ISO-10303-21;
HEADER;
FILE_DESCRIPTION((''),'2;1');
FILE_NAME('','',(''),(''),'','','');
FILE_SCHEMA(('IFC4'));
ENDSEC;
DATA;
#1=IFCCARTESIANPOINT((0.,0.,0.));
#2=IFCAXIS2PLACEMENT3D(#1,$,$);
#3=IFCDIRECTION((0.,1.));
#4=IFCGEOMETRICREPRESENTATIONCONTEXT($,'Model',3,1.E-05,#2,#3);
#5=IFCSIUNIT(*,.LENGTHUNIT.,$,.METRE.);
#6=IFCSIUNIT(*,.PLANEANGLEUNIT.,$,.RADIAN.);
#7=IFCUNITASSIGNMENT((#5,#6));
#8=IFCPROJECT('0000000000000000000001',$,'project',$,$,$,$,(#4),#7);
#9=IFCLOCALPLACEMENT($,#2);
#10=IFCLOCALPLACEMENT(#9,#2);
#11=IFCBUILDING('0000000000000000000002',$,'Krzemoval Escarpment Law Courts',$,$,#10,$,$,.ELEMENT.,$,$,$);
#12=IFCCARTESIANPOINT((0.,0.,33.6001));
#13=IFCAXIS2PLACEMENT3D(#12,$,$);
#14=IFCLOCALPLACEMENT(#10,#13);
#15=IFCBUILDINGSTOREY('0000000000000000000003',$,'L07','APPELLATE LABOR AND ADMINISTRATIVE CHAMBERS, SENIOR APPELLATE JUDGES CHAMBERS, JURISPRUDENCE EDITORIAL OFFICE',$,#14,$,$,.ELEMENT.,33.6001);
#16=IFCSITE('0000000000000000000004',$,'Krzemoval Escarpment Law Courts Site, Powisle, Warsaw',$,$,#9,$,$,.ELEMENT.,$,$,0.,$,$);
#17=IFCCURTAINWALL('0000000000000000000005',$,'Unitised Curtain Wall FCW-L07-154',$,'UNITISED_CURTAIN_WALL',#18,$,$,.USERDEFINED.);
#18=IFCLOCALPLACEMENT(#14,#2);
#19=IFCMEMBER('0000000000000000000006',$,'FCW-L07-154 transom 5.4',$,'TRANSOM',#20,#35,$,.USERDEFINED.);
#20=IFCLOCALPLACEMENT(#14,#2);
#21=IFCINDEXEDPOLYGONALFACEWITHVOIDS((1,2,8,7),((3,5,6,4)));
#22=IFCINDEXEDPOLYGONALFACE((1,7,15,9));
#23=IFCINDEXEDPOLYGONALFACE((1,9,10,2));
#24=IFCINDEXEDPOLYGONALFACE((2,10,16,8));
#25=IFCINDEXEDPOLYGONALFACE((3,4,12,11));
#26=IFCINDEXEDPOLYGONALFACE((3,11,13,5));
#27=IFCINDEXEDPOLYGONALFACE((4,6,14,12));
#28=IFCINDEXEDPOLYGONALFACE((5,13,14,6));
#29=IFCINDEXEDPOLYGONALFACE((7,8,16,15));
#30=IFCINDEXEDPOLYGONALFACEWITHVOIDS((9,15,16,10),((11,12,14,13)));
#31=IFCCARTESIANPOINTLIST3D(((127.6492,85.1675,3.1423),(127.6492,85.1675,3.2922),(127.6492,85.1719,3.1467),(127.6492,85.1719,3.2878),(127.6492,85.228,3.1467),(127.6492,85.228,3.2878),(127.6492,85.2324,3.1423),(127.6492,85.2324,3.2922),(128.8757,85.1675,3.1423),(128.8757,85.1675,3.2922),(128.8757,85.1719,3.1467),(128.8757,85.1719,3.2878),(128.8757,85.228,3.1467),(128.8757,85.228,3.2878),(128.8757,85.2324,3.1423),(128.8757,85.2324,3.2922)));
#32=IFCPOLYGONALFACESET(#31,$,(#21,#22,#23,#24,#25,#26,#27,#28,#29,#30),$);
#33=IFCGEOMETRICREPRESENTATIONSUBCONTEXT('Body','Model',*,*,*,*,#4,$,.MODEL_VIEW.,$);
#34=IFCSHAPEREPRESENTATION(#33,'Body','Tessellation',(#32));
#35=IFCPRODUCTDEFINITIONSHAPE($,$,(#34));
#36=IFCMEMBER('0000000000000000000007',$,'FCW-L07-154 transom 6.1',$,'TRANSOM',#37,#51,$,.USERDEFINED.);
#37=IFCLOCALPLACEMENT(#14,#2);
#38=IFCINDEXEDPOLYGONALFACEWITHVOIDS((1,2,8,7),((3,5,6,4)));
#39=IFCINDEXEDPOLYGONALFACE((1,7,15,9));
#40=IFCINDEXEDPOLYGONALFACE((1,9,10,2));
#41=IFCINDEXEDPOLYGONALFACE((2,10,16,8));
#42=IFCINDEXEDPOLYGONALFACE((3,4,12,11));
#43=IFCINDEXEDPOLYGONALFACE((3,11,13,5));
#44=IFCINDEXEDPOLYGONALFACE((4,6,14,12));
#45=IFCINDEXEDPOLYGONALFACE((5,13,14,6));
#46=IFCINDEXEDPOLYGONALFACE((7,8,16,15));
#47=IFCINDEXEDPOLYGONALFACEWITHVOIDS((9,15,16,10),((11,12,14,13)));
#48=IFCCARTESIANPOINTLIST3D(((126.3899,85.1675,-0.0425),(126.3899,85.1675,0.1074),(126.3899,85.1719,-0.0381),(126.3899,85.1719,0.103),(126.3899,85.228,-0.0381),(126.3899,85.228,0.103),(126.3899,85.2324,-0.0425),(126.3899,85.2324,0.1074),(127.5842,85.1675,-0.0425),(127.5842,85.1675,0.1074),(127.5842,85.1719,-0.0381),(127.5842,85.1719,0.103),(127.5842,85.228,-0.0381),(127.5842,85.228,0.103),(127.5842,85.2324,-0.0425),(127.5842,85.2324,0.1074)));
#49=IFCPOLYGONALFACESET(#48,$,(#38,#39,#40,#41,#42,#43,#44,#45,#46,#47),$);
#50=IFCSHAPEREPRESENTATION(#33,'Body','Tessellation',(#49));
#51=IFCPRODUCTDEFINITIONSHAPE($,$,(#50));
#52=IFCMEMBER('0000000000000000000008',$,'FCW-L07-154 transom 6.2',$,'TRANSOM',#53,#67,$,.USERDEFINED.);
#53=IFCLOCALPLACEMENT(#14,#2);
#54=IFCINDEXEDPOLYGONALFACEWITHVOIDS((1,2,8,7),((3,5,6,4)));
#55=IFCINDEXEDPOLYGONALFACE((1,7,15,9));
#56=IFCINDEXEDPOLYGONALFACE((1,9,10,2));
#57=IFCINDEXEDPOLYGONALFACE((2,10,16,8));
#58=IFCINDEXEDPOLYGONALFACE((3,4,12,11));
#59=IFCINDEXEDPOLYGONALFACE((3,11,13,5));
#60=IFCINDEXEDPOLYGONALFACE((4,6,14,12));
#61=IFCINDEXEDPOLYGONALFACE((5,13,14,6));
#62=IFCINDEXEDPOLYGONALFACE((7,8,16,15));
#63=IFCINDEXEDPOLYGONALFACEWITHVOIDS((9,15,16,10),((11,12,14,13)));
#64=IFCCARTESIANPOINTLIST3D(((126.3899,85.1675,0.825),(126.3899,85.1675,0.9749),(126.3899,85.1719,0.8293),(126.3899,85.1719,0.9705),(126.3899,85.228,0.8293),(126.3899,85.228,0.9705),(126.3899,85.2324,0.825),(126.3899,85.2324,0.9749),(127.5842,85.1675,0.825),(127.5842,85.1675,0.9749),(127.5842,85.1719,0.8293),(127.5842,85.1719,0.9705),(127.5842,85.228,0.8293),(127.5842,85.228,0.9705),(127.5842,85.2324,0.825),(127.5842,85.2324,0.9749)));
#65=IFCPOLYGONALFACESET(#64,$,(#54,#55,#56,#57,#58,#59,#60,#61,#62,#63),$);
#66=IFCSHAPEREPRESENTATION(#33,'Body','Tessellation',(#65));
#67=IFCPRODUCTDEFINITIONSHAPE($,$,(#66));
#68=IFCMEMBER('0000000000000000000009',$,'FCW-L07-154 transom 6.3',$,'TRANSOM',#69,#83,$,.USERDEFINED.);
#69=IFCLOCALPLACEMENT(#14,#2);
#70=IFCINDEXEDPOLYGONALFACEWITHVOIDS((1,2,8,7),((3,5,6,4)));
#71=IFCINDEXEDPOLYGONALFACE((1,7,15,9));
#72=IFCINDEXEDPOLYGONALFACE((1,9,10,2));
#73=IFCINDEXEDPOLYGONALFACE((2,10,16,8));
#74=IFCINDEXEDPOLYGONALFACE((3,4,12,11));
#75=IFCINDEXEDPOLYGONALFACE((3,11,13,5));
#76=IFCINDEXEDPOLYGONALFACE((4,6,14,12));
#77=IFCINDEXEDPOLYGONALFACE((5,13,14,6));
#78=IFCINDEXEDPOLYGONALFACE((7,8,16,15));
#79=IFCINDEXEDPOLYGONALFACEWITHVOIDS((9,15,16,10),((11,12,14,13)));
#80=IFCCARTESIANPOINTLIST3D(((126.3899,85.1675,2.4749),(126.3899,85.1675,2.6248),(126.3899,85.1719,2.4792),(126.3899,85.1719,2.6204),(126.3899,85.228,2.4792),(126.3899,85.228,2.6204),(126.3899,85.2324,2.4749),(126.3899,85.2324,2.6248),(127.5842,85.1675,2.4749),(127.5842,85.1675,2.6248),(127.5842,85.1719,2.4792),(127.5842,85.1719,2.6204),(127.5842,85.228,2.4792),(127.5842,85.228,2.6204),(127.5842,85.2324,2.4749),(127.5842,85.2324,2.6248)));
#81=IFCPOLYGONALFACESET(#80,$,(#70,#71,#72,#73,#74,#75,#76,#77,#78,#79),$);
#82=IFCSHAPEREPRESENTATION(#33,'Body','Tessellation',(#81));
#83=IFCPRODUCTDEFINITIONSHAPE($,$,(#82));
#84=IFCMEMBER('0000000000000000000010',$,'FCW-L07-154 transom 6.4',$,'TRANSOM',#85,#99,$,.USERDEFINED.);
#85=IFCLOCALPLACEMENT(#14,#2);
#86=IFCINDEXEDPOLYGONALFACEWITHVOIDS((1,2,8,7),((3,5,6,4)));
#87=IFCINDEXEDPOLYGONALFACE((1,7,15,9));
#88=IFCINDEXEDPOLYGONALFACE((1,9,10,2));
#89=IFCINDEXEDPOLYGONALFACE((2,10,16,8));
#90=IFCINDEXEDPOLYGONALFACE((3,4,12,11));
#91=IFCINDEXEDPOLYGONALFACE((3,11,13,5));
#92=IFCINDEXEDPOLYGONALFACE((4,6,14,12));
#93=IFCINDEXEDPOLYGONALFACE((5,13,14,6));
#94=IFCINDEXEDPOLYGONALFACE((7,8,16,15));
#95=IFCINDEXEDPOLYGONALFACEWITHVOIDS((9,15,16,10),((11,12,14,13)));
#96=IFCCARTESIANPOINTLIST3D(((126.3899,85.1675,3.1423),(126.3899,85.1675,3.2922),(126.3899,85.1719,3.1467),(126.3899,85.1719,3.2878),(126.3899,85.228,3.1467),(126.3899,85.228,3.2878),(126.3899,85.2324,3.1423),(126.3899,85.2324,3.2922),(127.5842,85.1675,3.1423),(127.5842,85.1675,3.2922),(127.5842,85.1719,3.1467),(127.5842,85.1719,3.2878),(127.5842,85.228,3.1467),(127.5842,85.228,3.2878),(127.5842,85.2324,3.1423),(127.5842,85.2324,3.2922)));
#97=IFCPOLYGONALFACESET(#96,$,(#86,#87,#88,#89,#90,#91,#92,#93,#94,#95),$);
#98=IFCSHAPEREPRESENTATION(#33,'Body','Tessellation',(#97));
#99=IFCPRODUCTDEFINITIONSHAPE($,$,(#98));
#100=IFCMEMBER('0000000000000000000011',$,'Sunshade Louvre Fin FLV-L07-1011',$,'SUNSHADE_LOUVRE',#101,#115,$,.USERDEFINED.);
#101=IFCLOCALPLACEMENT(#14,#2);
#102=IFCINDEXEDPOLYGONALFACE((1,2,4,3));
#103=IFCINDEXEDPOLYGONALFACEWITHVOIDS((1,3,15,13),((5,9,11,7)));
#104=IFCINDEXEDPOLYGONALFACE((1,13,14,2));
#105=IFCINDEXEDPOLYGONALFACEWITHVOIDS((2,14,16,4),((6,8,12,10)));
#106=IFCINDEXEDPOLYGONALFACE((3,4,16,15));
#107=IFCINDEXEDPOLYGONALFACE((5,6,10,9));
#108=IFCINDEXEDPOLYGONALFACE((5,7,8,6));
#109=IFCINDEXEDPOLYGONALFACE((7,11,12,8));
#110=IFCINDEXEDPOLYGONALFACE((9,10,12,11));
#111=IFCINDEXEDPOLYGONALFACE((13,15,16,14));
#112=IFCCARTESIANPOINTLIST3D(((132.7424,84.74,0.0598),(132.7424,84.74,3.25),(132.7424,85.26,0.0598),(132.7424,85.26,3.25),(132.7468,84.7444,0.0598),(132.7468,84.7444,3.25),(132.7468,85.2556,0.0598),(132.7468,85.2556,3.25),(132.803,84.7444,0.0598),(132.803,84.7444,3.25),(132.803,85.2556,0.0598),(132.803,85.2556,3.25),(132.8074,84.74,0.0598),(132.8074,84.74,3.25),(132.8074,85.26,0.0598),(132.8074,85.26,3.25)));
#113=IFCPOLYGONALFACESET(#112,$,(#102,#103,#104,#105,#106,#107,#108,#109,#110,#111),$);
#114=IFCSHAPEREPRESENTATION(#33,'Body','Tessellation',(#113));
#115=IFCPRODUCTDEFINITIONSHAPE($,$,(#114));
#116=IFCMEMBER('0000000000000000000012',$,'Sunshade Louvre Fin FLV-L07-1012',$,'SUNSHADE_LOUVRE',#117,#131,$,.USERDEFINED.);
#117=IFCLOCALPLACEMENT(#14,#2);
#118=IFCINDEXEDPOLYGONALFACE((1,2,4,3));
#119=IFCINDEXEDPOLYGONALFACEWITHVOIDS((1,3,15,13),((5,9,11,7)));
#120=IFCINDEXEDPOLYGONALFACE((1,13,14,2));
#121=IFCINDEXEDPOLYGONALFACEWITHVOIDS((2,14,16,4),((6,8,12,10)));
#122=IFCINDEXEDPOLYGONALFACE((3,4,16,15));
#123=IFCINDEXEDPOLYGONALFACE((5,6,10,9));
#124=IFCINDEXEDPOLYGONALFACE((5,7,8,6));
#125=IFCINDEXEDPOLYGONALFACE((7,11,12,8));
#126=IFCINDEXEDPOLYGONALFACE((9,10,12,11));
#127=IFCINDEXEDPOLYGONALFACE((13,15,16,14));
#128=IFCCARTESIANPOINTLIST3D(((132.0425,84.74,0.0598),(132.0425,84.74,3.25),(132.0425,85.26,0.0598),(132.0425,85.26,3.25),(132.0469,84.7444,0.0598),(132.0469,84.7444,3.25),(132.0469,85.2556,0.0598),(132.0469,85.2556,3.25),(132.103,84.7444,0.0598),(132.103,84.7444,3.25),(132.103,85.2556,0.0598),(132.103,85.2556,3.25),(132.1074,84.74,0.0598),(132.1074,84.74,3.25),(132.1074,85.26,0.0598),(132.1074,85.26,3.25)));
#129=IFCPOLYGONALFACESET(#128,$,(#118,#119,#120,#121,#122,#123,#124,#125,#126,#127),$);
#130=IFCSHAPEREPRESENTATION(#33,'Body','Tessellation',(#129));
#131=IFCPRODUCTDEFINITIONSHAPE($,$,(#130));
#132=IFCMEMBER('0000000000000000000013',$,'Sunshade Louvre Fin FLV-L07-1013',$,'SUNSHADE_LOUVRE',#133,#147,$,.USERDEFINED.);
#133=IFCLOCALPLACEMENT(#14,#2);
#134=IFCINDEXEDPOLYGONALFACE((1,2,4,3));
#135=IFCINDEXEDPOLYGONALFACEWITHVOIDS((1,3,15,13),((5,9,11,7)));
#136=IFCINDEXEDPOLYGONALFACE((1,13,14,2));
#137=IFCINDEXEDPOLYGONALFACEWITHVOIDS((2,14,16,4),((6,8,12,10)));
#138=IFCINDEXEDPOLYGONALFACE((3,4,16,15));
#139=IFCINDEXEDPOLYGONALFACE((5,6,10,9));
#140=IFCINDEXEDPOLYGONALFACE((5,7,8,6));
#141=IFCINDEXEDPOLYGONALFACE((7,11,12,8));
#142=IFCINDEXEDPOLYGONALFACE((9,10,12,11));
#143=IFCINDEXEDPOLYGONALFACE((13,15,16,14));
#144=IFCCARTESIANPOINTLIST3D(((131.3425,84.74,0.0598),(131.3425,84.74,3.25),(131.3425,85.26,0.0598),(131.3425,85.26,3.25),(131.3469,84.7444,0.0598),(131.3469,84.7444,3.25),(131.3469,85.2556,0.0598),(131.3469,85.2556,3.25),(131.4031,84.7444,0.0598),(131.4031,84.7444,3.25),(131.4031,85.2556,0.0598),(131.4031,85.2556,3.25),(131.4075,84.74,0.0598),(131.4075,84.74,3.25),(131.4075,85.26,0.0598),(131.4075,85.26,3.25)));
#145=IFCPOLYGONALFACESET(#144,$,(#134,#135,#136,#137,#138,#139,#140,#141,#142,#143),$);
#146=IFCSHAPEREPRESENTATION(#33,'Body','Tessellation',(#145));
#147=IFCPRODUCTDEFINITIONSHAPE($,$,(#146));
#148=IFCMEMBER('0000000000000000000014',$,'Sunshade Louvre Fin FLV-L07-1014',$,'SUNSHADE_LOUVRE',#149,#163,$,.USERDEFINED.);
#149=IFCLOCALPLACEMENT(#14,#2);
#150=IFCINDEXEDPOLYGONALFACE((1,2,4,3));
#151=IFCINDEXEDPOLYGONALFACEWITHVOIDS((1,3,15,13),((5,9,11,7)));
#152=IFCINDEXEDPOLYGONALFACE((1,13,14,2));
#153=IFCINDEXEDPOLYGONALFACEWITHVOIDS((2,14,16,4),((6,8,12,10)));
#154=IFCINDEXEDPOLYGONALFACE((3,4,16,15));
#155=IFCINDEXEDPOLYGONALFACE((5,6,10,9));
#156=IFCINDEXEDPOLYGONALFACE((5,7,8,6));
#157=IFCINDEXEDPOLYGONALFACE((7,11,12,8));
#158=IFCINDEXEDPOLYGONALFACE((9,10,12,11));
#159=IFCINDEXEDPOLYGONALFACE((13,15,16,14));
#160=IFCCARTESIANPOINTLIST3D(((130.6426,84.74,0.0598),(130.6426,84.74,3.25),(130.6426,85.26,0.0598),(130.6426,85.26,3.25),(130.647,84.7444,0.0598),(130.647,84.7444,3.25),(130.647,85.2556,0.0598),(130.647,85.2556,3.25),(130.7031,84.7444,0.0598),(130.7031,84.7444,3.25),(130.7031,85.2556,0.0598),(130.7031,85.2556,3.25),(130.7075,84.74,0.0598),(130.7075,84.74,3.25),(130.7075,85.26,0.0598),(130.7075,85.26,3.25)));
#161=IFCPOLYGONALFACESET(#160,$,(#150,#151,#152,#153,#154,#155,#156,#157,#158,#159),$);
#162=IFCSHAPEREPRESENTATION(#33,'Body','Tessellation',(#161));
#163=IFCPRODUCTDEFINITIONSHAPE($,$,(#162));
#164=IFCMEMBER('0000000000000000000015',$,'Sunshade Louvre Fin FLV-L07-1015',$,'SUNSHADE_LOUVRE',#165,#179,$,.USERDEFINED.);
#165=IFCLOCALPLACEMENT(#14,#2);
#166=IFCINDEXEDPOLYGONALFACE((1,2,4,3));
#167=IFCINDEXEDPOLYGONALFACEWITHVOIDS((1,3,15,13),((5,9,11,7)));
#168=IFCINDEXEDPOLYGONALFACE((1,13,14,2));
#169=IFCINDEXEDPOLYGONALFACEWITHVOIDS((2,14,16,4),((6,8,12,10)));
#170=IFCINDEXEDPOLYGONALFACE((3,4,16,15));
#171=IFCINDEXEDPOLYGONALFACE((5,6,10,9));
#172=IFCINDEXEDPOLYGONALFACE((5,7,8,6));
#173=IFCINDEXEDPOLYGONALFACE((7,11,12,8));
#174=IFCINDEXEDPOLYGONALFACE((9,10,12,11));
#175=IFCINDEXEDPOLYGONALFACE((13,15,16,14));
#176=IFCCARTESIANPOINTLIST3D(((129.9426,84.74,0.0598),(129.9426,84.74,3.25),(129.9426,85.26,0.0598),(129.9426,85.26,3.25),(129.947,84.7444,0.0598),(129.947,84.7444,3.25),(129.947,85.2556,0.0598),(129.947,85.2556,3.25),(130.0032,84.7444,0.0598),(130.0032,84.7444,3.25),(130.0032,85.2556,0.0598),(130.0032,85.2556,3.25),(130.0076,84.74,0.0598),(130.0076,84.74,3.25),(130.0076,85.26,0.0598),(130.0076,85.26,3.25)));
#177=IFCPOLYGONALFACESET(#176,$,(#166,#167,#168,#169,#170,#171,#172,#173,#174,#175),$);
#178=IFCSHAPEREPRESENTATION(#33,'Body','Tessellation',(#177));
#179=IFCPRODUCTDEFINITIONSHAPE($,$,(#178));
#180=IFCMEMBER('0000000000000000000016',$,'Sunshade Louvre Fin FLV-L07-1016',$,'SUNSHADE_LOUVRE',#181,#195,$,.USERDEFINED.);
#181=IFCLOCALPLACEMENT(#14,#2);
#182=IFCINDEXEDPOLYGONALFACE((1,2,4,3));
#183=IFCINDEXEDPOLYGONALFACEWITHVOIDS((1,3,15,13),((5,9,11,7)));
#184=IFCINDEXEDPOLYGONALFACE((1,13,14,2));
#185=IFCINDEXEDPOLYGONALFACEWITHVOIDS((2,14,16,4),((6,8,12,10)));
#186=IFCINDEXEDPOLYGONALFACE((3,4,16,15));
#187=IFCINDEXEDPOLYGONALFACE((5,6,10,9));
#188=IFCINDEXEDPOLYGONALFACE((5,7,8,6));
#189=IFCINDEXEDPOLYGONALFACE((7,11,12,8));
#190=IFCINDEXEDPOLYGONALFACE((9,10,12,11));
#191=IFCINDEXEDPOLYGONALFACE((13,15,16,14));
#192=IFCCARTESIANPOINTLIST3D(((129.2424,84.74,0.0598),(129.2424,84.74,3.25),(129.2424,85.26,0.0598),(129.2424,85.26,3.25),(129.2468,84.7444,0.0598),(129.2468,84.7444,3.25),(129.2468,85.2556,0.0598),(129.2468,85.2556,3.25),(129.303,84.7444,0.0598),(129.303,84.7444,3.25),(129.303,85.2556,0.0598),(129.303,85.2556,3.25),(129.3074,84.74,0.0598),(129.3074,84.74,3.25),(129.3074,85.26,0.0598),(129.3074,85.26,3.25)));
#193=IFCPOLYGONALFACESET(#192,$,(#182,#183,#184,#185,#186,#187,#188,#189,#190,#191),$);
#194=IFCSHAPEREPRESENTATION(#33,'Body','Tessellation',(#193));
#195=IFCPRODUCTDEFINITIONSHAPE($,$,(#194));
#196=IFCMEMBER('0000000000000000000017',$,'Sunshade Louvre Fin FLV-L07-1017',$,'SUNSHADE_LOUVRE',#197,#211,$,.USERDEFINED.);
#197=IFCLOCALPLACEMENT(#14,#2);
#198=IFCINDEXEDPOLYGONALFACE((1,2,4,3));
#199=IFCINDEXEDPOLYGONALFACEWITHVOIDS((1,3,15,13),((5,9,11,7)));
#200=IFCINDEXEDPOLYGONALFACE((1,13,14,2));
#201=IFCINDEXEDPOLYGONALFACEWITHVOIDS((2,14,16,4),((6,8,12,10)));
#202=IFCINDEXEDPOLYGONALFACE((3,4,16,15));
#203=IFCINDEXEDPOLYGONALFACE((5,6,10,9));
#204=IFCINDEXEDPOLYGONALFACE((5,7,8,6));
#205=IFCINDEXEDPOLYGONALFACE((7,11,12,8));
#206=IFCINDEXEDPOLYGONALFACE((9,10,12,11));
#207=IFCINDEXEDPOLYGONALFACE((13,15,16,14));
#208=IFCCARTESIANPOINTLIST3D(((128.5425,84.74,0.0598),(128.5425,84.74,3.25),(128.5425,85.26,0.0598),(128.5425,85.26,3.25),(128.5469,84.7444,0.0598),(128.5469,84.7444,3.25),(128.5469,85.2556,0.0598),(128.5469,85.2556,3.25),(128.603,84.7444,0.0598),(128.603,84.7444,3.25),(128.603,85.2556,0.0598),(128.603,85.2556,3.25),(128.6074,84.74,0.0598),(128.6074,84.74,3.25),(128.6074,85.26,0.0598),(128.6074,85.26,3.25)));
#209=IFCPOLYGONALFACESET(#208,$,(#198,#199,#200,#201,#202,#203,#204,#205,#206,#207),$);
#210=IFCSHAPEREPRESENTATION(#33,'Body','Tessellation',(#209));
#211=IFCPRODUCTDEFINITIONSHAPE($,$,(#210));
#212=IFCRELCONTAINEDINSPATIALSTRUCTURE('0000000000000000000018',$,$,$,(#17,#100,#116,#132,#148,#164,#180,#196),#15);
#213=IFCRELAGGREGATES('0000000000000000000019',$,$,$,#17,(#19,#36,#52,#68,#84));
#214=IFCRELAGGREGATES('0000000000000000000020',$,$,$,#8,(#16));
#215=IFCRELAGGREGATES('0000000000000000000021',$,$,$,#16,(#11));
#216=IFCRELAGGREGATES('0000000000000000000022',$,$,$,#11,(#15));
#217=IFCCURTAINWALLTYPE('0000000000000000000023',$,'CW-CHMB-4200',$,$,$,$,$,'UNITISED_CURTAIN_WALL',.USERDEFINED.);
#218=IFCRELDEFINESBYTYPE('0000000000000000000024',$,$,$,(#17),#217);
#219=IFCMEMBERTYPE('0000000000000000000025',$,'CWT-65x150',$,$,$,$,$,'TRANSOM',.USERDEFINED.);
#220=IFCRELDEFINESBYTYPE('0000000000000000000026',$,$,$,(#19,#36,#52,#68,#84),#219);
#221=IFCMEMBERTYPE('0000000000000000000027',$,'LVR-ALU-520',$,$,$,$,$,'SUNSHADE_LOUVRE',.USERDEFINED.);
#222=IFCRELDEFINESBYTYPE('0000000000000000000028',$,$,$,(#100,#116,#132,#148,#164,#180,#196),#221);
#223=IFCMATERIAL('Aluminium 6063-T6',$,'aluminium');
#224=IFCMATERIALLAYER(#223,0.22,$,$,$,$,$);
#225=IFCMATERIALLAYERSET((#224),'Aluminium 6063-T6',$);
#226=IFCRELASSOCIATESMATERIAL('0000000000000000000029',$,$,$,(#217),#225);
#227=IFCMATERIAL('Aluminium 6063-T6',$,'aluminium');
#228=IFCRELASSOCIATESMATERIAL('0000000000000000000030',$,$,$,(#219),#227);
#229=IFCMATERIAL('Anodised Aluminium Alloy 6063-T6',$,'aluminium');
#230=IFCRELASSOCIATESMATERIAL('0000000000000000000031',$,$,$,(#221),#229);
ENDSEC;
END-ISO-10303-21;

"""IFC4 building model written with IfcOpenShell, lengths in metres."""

from ifc_helpers import new_model, si_unit, direction, frame, origin, origin_2d, place, context, subcontext, project, spatial, hollow_rectangle, extrude, material, layer, layer_set, material_profile, profile_set, type_object, element, aggregate, save


model = new_model("IFC4")

# Units and contexts
model_context = context("Model", 3, precision=1e-05, world=origin(), true_north=direction((0.0, 1.0)))
body_context = subcontext(model_context, "Body", "Model", "MODEL_VIEW")
ifc_project = project(units=[si_unit("LENGTHUNIT", "METRE"), si_unit("PLANEANGLEUNIT", "RADIAN")], contexts=[model_context])

# Site, building, storey
site_placement = place(None, origin())
site = spatial("IfcSite", under=ifc_project, at=site_placement, Name="Krzemoval Escarpment Law Courts Site, Powisle, Warsaw", CompositionType="ELEMENT", RefElevation=0.0)
building_placement = place(site_placement, origin())
building = spatial("IfcBuilding", under=site, at=building_placement, Name="Krzemoval Escarpment Law Courts", CompositionType="ELEMENT")
storey_placement = place(building_placement, frame((0.0, 0.0, 33.6001)))
storey = spatial("IfcBuildingStorey", under=building, at=storey_placement, Name="L07", Description="APPELLATE LABOR AND ADMINISTRATIVE CHAMBERS, SENIOR APPELLATE JUDGES CHAMBERS, JURISPRUDENCE EDITORIAL OFFICE", CompositionType="ELEMENT", Elevation=33.6001)

# Curtain wall, members
ifc_material_1 = material(Name="Aluminium 6063-T6", Category="aluminium")
ifc_layer_1 = layer(ifc_material_1, 0.22)
ifc_layer_set_1 = layer_set([ifc_layer_1], Name="Aluminium 6063-T6")
curtain_wall_type = type_object("IfcCurtainWallType", Name="CW-CHMB-4200", ElementType="UNITISED_CURTAIN_WALL", PredefinedType="USERDEFINED", material=ifc_layer_set_1)
curtain_wall_placement = place(storey_placement, origin())
curtain_wall = element("IfcCurtainWall", 1, at=curtain_wall_placement, inside=storey, type_object=curtain_wall_type, Name="Unitised Curtain Wall FCW-L07-154", ObjectType="UNITISED_CURTAIN_WALL", PredefinedType="USERDEFINED")
ifc_material_2 = material(Name="Aluminium 6063-T6", Category="aluminium")
ifc_material_profile_1 = material_profile(ifc_material_2, hollow_rectangle(XDim=0.0649, YDim=0.1499, WallThickness=0.0044, at=origin_2d()), Name="ALU T65x150")
ifc_profile_set_1 = profile_set([ifc_material_profile_1], Name="Aluminium 6063-T6")
member_type_1 = type_object("IfcMemberType", Name="CWT-65x150", ElementType="TRANSOM", PredefinedType="USERDEFINED", material=ifc_profile_set_1)
member_1_placement = place(storey_placement, frame((128.8757, 85.2, 3.2173), z_axis=(-1.0, 0.0, 0.0), x_axis=(0.0, -1.0, 0.0)))
member_1 = element("IfcMember", 2, at=member_1_placement, type_object=member_type_1, Name="FCW-L07-154 transom 5.4", ObjectType="TRANSOM", PredefinedType="USERDEFINED", context=body_context, shape_type="SweptSolid", body=[
    extrude(hollow_rectangle(XDim=0.0649, YDim=0.1499, WallThickness=0.0044, at=origin_2d()), origin(), (0.0, 0.0, 1.0), 1.2266),
])
member_2_placement = place(storey_placement, frame((127.5842, 85.2, 0.0325), z_axis=(-1.0, 0.0, 0.0), x_axis=(0.0, -1.0, 0.0)))
member_2 = element("IfcMember", 3, at=member_2_placement, type_object=member_type_1, Name="FCW-L07-154 transom 6.1", ObjectType="TRANSOM", PredefinedType="USERDEFINED", context=body_context, shape_type="SweptSolid", body=[
    extrude(hollow_rectangle(XDim=0.0649, YDim=0.1499, WallThickness=0.0044, at=origin_2d()), origin(), (0.0, 0.0, 1.0), 1.1943),
])
member_3_placement = place(storey_placement, frame((127.5842, 85.2, 0.8999), z_axis=(-1.0, 0.0, 0.0), x_axis=(0.0, -1.0, 0.0)))
member_3 = element("IfcMember", 4, at=member_3_placement, type_object=member_type_1, Name="FCW-L07-154 transom 6.2", ObjectType="TRANSOM", PredefinedType="USERDEFINED", context=body_context, shape_type="SweptSolid", body=[
    extrude(hollow_rectangle(XDim=0.0649, YDim=0.1499, WallThickness=0.0044, at=origin_2d()), origin(), (0.0, 0.0, 1.0), 1.1943),
])
member_4_placement = place(storey_placement, frame((127.5842, 85.2, 2.5498), z_axis=(-1.0, 0.0, 0.0), x_axis=(0.0, -1.0, 0.0)))
member_4 = element("IfcMember", 5, at=member_4_placement, type_object=member_type_1, Name="FCW-L07-154 transom 6.3", ObjectType="TRANSOM", PredefinedType="USERDEFINED", context=body_context, shape_type="SweptSolid", body=[
    extrude(hollow_rectangle(XDim=0.0649, YDim=0.1499, WallThickness=0.0044, at=origin_2d()), origin(), (0.0, 0.0, 1.0), 1.1943),
])
member_5_placement = place(storey_placement, frame((127.5842, 85.2, 3.2173), z_axis=(-1.0, 0.0, 0.0), x_axis=(0.0, -1.0, 0.0)))
member_5 = element("IfcMember", 6, at=member_5_placement, type_object=member_type_1, Name="FCW-L07-154 transom 6.4", ObjectType="TRANSOM", PredefinedType="USERDEFINED", context=body_context, shape_type="SweptSolid", body=[
    extrude(hollow_rectangle(XDim=0.0649, YDim=0.1499, WallThickness=0.0044, at=origin_2d()), origin(), (0.0, 0.0, 1.0), 1.1943),
])

# Members
ifc_material_3 = material(Name="Anodised Aluminium Alloy 6063-T6", Category="aluminium")
ifc_material_profile_2 = material_profile(ifc_material_3, hollow_rectangle(XDim=0.0649, YDim=0.52, WallThickness=0.0044, at=origin_2d()), Name="ALU LVR 65x520")
ifc_profile_set_2 = profile_set([ifc_material_profile_2], Name="Anodised Aluminium Alloy 6063-T6")
member_type_2 = type_object("IfcMemberType", Name="LVR-ALU-520", ElementType="SUNSHADE_LOUVRE", PredefinedType="USERDEFINED", material=ifc_profile_set_2)
for number, where, z_axis, x_axis, name in (
    (7, (132.7749, 85.0, 0.0598), (0.0, 0.0, 1.0), (1.0, 0.0, 0.0), "Sunshade Louvre Fin FLV-L07-1011"),
    (8, (132.075, 85.0, 0.0598), (0.0, 0.0, 1.0), (1.0, 0.0, 0.0), "Sunshade Louvre Fin FLV-L07-1012"),
    (9, (131.375, 85.0, 0.0598), (0.0, 0.0, 1.0), (1.0, 0.0, 0.0), "Sunshade Louvre Fin FLV-L07-1013"),
    (10, (130.675, 85.0, 0.0598), (0.0, 0.0, 1.0), (1.0, 0.0, 0.0), "Sunshade Louvre Fin FLV-L07-1014"),
    (11, (129.9751, 85.0, 0.0598), (0.0, 0.0, 1.0), (1.0, 0.0, 0.0), "Sunshade Louvre Fin FLV-L07-1015"),
    (12, (129.2749, 85.0, 0.0598), (0.0, 0.0, 1.0), (1.0, 0.0, 0.0), "Sunshade Louvre Fin FLV-L07-1016"),
    (13, (128.575, 85.0, 0.0598), (0.0, 0.0, 1.0), (1.0, 0.0, 0.0), "Sunshade Louvre Fin FLV-L07-1017"),
):
    element("IfcMember", number, at=place(storey_placement, frame(where, z_axis=z_axis, x_axis=x_axis)), inside=storey, type_object=member_type_2, Name=name, ObjectType="SUNSHADE_LOUVRE", PredefinedType="USERDEFINED", context=body_context, shape_type="SweptSolid", body=[
        extrude(hollow_rectangle(XDim=0.0649, YDim=0.52, WallThickness=0.0044, at=origin_2d()), origin(), (0.0, 0.0, 1.0), 3.1902),
    ])

aggregate(curtain_wall, [member_1, member_2, member_3, member_4, member_5])

save(model, "model.ifc")
